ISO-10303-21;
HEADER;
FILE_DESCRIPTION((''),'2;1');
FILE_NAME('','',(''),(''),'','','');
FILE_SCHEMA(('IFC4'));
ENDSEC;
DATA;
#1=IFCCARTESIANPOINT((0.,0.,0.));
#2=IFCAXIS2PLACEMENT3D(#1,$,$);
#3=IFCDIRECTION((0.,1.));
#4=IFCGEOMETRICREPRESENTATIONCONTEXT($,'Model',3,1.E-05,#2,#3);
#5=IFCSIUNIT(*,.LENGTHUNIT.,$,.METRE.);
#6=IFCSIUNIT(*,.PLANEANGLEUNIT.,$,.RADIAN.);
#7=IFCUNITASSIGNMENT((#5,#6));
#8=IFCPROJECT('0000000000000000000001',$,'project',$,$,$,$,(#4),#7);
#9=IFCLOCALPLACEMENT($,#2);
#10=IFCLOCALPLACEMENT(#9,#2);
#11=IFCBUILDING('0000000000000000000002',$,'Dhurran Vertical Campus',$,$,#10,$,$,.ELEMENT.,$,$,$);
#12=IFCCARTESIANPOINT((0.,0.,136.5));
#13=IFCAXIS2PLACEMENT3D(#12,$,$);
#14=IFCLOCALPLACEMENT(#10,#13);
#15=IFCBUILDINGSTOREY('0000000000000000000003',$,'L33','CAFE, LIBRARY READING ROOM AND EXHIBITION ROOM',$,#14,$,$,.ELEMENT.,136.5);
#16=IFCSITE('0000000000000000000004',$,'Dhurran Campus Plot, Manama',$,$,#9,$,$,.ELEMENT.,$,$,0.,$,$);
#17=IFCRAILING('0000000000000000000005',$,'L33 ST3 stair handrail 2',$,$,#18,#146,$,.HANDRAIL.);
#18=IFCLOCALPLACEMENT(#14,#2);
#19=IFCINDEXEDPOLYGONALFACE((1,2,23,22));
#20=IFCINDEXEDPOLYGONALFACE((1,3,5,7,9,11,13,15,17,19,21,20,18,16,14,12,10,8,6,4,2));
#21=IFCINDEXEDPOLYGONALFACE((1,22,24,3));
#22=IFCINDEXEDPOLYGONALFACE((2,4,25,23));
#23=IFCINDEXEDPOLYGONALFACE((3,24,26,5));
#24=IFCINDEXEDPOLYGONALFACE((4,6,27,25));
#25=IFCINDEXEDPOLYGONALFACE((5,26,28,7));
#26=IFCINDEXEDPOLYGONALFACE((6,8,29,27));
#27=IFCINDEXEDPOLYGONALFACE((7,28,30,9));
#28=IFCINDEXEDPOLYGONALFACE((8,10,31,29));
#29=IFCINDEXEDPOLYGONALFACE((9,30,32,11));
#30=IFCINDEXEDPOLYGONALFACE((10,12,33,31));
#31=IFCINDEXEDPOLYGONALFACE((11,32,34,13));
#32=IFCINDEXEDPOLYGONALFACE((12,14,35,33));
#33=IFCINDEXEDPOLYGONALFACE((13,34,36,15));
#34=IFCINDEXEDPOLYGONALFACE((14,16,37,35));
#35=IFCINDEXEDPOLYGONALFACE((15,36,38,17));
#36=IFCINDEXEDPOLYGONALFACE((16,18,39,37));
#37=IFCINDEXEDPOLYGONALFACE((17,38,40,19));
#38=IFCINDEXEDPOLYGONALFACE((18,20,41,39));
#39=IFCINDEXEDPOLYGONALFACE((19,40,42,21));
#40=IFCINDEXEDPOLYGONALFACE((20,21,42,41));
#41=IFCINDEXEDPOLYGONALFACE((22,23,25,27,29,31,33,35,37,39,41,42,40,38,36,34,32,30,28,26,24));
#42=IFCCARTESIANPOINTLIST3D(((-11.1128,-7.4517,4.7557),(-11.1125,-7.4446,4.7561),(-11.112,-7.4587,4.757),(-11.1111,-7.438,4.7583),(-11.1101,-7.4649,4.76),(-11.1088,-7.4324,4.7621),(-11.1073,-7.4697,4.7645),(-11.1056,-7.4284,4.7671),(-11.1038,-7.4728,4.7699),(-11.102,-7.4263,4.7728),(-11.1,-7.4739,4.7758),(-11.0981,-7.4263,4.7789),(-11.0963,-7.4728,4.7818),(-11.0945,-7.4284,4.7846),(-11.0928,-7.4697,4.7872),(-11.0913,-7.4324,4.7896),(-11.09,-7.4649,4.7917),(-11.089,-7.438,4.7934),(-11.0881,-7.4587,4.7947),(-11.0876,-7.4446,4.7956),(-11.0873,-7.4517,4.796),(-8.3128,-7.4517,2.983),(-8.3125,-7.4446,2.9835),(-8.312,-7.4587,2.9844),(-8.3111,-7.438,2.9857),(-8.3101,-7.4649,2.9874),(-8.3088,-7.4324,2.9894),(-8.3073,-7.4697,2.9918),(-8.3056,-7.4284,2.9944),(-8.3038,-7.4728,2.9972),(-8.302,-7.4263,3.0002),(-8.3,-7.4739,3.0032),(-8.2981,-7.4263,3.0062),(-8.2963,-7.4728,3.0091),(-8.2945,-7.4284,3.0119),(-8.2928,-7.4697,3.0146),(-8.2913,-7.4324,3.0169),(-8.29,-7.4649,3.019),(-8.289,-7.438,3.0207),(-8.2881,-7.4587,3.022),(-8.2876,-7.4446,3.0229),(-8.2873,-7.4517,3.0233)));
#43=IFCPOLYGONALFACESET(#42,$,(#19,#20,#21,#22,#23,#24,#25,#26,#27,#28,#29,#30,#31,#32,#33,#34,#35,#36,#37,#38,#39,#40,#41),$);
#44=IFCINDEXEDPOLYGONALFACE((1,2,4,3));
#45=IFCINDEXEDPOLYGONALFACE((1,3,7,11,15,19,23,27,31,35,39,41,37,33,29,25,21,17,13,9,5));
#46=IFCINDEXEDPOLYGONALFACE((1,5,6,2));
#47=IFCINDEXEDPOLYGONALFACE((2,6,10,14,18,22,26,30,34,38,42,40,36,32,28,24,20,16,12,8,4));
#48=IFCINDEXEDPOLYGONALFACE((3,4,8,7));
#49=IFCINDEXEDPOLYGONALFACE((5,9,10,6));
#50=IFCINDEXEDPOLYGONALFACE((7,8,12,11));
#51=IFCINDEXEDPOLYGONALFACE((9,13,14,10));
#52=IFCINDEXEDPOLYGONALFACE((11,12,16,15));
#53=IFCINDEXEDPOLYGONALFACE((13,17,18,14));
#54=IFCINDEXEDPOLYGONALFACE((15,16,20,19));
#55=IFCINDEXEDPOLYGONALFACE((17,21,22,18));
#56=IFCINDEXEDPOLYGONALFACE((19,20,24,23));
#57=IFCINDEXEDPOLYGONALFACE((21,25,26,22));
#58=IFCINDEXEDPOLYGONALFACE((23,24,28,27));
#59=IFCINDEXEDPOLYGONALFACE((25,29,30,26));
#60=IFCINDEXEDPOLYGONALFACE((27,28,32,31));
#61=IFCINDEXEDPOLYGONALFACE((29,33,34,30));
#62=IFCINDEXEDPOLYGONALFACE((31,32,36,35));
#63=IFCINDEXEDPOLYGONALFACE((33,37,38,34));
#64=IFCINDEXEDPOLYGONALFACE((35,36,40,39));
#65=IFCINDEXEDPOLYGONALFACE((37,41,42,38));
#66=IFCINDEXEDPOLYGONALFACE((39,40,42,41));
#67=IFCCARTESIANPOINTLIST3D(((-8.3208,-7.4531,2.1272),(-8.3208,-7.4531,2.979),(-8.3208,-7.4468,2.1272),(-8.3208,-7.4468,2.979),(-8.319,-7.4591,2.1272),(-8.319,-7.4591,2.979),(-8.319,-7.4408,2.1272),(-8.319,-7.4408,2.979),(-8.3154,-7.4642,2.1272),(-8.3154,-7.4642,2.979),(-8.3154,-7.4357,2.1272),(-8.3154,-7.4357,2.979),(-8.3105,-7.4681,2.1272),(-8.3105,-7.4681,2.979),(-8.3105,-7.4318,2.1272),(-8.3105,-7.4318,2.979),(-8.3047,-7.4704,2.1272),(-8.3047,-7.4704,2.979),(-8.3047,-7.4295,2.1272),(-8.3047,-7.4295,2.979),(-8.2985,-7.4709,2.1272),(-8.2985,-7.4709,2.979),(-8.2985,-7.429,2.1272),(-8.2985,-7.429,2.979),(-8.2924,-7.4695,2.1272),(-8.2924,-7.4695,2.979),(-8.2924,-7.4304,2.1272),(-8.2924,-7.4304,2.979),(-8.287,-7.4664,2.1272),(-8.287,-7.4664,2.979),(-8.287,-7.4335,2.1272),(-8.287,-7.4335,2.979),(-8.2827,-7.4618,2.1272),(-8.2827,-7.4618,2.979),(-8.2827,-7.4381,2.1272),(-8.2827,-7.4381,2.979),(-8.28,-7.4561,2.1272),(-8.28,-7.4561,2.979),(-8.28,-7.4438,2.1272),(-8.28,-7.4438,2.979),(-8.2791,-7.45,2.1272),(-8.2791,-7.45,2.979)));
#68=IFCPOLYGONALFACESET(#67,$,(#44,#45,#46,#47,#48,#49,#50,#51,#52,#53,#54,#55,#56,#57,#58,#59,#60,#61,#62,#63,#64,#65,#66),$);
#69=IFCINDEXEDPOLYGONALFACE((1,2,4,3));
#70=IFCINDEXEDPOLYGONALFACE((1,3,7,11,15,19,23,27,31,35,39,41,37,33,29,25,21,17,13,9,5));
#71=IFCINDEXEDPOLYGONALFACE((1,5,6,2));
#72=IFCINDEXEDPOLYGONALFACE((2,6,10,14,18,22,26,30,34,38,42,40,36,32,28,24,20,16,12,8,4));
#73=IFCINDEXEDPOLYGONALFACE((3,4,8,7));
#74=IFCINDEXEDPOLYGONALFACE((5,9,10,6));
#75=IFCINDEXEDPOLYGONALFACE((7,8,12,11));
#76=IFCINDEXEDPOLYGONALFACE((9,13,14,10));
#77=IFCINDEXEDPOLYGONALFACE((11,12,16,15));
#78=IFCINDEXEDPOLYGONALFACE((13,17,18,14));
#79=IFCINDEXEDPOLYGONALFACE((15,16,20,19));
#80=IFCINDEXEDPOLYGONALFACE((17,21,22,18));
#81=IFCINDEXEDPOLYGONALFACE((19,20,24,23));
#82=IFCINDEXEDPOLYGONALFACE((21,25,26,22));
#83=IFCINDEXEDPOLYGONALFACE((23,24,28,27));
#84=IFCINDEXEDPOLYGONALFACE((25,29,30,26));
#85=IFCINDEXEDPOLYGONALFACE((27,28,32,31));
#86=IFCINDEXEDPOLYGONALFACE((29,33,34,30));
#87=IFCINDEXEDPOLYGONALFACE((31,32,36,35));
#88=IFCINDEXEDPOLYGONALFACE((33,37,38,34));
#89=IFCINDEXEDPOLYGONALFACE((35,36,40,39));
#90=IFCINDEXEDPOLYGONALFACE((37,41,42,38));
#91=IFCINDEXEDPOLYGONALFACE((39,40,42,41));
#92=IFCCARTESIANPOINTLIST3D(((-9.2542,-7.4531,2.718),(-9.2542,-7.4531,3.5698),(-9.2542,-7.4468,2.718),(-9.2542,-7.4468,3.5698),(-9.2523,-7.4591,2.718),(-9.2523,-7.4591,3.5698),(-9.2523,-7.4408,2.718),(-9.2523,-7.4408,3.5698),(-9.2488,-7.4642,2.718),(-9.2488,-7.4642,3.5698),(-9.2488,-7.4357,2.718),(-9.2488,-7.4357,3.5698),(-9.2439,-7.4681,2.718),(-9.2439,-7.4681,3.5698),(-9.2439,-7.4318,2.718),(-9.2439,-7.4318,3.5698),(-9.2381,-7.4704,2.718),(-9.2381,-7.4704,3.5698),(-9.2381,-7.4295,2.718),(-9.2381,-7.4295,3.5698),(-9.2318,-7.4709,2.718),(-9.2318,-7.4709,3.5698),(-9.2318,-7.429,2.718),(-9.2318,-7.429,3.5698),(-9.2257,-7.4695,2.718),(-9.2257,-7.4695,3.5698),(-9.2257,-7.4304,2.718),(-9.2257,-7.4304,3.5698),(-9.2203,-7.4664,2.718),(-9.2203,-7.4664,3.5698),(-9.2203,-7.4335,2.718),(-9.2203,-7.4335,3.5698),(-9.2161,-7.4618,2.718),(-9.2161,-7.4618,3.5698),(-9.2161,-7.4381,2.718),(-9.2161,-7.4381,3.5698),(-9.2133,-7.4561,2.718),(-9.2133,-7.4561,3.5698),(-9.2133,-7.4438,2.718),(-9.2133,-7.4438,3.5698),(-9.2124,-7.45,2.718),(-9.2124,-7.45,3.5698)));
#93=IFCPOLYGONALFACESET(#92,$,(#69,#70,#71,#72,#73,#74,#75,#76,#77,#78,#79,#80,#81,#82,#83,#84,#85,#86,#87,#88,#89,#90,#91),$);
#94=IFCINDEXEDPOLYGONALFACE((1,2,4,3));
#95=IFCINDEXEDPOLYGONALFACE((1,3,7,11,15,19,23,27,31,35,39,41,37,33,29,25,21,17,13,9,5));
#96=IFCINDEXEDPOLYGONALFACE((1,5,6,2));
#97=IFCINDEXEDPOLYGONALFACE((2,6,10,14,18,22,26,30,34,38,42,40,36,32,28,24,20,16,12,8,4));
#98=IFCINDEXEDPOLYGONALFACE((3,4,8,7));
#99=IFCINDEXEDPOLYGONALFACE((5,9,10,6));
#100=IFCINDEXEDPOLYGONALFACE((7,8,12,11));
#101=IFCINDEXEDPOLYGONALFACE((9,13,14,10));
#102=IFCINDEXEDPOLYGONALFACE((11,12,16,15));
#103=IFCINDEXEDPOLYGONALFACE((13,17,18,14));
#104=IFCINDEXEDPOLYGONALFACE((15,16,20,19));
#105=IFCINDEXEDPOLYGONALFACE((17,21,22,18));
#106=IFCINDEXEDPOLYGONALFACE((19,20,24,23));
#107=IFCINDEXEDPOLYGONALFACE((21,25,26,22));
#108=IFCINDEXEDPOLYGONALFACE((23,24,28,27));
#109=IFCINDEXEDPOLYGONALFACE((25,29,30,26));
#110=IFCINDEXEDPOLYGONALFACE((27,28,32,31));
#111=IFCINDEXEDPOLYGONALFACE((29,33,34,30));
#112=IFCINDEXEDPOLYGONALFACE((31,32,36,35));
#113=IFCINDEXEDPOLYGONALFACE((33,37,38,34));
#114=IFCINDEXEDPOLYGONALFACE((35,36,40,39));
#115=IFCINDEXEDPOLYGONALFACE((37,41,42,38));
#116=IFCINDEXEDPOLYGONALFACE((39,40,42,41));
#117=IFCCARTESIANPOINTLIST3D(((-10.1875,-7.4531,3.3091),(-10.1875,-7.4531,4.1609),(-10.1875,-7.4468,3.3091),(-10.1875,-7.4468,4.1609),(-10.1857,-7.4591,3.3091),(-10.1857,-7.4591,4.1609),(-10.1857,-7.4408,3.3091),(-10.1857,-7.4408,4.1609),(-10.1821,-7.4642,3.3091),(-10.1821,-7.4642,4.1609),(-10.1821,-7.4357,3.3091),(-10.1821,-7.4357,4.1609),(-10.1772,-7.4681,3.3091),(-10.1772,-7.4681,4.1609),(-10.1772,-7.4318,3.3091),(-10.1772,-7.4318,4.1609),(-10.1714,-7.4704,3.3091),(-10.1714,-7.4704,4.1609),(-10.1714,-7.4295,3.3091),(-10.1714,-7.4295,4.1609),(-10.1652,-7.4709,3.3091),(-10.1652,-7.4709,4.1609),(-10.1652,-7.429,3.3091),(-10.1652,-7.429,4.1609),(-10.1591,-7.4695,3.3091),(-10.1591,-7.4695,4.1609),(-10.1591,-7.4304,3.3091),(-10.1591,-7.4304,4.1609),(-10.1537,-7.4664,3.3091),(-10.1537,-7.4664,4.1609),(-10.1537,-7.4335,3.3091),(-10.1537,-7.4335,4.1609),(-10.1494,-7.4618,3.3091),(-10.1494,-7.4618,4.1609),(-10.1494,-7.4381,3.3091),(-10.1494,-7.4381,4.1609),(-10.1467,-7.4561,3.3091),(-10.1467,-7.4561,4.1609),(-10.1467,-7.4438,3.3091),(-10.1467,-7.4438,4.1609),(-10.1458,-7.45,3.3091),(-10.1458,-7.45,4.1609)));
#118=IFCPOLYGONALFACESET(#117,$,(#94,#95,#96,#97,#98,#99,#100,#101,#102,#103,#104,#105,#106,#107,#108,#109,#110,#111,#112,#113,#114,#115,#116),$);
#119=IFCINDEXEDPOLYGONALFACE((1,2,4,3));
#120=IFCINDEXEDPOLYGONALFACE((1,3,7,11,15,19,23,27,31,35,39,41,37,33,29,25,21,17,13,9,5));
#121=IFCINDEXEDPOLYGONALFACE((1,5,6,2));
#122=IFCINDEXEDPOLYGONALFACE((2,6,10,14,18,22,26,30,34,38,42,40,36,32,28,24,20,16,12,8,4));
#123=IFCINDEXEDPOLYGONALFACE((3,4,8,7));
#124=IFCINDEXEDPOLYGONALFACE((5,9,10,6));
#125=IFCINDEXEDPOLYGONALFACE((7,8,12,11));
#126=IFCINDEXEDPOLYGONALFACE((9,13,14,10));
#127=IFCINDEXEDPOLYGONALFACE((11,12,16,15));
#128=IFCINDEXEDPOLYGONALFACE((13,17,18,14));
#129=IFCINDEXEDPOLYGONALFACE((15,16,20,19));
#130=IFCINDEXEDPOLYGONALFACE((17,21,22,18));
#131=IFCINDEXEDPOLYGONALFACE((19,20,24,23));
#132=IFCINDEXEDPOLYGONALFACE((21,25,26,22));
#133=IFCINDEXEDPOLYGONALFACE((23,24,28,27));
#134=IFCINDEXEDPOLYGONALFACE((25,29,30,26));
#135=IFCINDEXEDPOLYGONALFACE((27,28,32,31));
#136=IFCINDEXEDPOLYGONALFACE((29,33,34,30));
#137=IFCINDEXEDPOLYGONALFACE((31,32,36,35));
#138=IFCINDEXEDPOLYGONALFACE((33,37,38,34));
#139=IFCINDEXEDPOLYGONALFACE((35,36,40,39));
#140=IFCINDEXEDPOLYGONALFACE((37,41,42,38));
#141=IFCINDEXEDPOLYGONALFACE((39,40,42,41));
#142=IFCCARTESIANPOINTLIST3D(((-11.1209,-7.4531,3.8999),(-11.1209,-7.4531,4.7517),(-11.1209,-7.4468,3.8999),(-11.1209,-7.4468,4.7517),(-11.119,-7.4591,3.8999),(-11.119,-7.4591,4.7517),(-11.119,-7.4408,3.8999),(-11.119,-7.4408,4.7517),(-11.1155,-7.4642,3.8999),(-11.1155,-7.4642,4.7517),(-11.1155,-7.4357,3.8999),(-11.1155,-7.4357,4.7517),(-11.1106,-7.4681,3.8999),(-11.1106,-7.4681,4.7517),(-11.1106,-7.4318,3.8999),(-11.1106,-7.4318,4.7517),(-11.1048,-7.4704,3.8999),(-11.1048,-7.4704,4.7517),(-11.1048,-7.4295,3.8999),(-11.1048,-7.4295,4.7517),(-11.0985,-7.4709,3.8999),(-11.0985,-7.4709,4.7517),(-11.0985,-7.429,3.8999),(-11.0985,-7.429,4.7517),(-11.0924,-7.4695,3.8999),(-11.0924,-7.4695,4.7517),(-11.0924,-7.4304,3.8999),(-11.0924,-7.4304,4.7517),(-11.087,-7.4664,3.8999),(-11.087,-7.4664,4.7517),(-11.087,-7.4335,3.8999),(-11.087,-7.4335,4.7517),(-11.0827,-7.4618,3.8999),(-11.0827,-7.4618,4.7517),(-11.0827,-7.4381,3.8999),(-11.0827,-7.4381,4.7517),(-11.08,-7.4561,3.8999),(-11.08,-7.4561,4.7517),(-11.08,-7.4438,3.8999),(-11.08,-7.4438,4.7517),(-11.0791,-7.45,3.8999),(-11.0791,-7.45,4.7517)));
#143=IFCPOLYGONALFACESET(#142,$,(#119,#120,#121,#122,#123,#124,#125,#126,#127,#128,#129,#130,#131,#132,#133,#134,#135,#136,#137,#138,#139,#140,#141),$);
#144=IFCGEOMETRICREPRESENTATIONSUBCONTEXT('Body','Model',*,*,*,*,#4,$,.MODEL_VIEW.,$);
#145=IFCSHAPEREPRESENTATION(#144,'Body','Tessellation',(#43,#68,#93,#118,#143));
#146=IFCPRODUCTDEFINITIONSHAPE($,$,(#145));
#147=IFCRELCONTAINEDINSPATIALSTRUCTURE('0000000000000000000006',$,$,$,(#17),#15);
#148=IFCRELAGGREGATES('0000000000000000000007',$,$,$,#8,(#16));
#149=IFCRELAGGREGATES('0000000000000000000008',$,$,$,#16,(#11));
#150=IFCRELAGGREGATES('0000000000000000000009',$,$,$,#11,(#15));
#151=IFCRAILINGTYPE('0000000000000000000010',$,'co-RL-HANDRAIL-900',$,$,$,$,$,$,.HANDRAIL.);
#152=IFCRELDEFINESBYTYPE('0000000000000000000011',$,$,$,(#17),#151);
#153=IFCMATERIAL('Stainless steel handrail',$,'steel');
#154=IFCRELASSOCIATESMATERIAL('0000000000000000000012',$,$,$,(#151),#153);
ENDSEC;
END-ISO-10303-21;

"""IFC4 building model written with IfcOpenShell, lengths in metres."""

from ifc_helpers import new_model, si_unit, direction, frame, origin, origin_2d, place, context, subcontext, project, spatial, circle, extrude, material, type_object, element, save


model = new_model("IFC4")

# Units and contexts
model_context = context("Model", 3, precision=1e-05, world=origin(), true_north=direction((0.0, 1.0)))
body_context = subcontext(model_context, "Body", "Model", "MODEL_VIEW")
ifc_project = project(units=[si_unit("LENGTHUNIT", "METRE"), si_unit("PLANEANGLEUNIT", "RADIAN")], contexts=[model_context])

# Site, building, storey
site_placement = place(None, origin())
site = spatial("IfcSite", under=ifc_project, at=site_placement, Name="Dhurran Campus Plot, Manama", CompositionType="ELEMENT", RefElevation=0.0)
building_placement = place(site_placement, origin())
building = spatial("IfcBuilding", under=site, at=building_placement, Name="Dhurran Vertical Campus", CompositionType="ELEMENT")
storey_placement = place(building_placement, frame((0.0, 0.0, 136.5)))
storey = spatial("IfcBuildingStorey", under=building, at=storey_placement, Name="L33", Description="CAFE, LIBRARY READING ROOM AND EXHIBITION ROOM", CompositionType="ELEMENT", Elevation=136.5)

# Railing
ifc_material_1 = material(Name="Stainless steel handrail", Category="steel")
railing_type_1 = type_object("IfcRailingType", Name="co-RL-HANDRAIL-900", PredefinedType="HANDRAIL", material=ifc_material_1)
railing_1_placement = place(storey_placement, frame((-8.3, -7.45, 2.1272)))
element("IfcRailing", 1, at=railing_1_placement, inside=storey, type_object=railing_type_1, Name="L33 ST3 stair handrail 2", PredefinedType="HANDRAIL", context=body_context, shape_type="SweptSolid", body=[
    extrude(circle(Radius=0.0239, at=origin_2d()), frame((0.0, 0.0, 0.876), z_axis=(-0.844909, 0.0, 0.53491), x_axis=(0.0, -1.0, 0.0)), (0.0, 0.0, 1.0), 3.314),
    extrude(circle(Radius=0.021, at=origin_2d()), origin(), (0.0, 0.0, 1.0), 0.8518),
    extrude(circle(Radius=0.021, at=origin_2d()), frame((-0.9333, 0.0, 0.5908)), (0.0, 0.0, 1.0), 0.8518),
    extrude(circle(Radius=0.021, at=origin_2d()), frame((-1.8667, 0.0, 1.1819)), (0.0, 0.0, 1.0), 0.8518),
    extrude(circle(Radius=0.021, at=origin_2d()), frame((-2.8, 0.0, 1.7727)), (0.0, 0.0, 1.0), 0.8518),
])

save(model, "model.ifc")
